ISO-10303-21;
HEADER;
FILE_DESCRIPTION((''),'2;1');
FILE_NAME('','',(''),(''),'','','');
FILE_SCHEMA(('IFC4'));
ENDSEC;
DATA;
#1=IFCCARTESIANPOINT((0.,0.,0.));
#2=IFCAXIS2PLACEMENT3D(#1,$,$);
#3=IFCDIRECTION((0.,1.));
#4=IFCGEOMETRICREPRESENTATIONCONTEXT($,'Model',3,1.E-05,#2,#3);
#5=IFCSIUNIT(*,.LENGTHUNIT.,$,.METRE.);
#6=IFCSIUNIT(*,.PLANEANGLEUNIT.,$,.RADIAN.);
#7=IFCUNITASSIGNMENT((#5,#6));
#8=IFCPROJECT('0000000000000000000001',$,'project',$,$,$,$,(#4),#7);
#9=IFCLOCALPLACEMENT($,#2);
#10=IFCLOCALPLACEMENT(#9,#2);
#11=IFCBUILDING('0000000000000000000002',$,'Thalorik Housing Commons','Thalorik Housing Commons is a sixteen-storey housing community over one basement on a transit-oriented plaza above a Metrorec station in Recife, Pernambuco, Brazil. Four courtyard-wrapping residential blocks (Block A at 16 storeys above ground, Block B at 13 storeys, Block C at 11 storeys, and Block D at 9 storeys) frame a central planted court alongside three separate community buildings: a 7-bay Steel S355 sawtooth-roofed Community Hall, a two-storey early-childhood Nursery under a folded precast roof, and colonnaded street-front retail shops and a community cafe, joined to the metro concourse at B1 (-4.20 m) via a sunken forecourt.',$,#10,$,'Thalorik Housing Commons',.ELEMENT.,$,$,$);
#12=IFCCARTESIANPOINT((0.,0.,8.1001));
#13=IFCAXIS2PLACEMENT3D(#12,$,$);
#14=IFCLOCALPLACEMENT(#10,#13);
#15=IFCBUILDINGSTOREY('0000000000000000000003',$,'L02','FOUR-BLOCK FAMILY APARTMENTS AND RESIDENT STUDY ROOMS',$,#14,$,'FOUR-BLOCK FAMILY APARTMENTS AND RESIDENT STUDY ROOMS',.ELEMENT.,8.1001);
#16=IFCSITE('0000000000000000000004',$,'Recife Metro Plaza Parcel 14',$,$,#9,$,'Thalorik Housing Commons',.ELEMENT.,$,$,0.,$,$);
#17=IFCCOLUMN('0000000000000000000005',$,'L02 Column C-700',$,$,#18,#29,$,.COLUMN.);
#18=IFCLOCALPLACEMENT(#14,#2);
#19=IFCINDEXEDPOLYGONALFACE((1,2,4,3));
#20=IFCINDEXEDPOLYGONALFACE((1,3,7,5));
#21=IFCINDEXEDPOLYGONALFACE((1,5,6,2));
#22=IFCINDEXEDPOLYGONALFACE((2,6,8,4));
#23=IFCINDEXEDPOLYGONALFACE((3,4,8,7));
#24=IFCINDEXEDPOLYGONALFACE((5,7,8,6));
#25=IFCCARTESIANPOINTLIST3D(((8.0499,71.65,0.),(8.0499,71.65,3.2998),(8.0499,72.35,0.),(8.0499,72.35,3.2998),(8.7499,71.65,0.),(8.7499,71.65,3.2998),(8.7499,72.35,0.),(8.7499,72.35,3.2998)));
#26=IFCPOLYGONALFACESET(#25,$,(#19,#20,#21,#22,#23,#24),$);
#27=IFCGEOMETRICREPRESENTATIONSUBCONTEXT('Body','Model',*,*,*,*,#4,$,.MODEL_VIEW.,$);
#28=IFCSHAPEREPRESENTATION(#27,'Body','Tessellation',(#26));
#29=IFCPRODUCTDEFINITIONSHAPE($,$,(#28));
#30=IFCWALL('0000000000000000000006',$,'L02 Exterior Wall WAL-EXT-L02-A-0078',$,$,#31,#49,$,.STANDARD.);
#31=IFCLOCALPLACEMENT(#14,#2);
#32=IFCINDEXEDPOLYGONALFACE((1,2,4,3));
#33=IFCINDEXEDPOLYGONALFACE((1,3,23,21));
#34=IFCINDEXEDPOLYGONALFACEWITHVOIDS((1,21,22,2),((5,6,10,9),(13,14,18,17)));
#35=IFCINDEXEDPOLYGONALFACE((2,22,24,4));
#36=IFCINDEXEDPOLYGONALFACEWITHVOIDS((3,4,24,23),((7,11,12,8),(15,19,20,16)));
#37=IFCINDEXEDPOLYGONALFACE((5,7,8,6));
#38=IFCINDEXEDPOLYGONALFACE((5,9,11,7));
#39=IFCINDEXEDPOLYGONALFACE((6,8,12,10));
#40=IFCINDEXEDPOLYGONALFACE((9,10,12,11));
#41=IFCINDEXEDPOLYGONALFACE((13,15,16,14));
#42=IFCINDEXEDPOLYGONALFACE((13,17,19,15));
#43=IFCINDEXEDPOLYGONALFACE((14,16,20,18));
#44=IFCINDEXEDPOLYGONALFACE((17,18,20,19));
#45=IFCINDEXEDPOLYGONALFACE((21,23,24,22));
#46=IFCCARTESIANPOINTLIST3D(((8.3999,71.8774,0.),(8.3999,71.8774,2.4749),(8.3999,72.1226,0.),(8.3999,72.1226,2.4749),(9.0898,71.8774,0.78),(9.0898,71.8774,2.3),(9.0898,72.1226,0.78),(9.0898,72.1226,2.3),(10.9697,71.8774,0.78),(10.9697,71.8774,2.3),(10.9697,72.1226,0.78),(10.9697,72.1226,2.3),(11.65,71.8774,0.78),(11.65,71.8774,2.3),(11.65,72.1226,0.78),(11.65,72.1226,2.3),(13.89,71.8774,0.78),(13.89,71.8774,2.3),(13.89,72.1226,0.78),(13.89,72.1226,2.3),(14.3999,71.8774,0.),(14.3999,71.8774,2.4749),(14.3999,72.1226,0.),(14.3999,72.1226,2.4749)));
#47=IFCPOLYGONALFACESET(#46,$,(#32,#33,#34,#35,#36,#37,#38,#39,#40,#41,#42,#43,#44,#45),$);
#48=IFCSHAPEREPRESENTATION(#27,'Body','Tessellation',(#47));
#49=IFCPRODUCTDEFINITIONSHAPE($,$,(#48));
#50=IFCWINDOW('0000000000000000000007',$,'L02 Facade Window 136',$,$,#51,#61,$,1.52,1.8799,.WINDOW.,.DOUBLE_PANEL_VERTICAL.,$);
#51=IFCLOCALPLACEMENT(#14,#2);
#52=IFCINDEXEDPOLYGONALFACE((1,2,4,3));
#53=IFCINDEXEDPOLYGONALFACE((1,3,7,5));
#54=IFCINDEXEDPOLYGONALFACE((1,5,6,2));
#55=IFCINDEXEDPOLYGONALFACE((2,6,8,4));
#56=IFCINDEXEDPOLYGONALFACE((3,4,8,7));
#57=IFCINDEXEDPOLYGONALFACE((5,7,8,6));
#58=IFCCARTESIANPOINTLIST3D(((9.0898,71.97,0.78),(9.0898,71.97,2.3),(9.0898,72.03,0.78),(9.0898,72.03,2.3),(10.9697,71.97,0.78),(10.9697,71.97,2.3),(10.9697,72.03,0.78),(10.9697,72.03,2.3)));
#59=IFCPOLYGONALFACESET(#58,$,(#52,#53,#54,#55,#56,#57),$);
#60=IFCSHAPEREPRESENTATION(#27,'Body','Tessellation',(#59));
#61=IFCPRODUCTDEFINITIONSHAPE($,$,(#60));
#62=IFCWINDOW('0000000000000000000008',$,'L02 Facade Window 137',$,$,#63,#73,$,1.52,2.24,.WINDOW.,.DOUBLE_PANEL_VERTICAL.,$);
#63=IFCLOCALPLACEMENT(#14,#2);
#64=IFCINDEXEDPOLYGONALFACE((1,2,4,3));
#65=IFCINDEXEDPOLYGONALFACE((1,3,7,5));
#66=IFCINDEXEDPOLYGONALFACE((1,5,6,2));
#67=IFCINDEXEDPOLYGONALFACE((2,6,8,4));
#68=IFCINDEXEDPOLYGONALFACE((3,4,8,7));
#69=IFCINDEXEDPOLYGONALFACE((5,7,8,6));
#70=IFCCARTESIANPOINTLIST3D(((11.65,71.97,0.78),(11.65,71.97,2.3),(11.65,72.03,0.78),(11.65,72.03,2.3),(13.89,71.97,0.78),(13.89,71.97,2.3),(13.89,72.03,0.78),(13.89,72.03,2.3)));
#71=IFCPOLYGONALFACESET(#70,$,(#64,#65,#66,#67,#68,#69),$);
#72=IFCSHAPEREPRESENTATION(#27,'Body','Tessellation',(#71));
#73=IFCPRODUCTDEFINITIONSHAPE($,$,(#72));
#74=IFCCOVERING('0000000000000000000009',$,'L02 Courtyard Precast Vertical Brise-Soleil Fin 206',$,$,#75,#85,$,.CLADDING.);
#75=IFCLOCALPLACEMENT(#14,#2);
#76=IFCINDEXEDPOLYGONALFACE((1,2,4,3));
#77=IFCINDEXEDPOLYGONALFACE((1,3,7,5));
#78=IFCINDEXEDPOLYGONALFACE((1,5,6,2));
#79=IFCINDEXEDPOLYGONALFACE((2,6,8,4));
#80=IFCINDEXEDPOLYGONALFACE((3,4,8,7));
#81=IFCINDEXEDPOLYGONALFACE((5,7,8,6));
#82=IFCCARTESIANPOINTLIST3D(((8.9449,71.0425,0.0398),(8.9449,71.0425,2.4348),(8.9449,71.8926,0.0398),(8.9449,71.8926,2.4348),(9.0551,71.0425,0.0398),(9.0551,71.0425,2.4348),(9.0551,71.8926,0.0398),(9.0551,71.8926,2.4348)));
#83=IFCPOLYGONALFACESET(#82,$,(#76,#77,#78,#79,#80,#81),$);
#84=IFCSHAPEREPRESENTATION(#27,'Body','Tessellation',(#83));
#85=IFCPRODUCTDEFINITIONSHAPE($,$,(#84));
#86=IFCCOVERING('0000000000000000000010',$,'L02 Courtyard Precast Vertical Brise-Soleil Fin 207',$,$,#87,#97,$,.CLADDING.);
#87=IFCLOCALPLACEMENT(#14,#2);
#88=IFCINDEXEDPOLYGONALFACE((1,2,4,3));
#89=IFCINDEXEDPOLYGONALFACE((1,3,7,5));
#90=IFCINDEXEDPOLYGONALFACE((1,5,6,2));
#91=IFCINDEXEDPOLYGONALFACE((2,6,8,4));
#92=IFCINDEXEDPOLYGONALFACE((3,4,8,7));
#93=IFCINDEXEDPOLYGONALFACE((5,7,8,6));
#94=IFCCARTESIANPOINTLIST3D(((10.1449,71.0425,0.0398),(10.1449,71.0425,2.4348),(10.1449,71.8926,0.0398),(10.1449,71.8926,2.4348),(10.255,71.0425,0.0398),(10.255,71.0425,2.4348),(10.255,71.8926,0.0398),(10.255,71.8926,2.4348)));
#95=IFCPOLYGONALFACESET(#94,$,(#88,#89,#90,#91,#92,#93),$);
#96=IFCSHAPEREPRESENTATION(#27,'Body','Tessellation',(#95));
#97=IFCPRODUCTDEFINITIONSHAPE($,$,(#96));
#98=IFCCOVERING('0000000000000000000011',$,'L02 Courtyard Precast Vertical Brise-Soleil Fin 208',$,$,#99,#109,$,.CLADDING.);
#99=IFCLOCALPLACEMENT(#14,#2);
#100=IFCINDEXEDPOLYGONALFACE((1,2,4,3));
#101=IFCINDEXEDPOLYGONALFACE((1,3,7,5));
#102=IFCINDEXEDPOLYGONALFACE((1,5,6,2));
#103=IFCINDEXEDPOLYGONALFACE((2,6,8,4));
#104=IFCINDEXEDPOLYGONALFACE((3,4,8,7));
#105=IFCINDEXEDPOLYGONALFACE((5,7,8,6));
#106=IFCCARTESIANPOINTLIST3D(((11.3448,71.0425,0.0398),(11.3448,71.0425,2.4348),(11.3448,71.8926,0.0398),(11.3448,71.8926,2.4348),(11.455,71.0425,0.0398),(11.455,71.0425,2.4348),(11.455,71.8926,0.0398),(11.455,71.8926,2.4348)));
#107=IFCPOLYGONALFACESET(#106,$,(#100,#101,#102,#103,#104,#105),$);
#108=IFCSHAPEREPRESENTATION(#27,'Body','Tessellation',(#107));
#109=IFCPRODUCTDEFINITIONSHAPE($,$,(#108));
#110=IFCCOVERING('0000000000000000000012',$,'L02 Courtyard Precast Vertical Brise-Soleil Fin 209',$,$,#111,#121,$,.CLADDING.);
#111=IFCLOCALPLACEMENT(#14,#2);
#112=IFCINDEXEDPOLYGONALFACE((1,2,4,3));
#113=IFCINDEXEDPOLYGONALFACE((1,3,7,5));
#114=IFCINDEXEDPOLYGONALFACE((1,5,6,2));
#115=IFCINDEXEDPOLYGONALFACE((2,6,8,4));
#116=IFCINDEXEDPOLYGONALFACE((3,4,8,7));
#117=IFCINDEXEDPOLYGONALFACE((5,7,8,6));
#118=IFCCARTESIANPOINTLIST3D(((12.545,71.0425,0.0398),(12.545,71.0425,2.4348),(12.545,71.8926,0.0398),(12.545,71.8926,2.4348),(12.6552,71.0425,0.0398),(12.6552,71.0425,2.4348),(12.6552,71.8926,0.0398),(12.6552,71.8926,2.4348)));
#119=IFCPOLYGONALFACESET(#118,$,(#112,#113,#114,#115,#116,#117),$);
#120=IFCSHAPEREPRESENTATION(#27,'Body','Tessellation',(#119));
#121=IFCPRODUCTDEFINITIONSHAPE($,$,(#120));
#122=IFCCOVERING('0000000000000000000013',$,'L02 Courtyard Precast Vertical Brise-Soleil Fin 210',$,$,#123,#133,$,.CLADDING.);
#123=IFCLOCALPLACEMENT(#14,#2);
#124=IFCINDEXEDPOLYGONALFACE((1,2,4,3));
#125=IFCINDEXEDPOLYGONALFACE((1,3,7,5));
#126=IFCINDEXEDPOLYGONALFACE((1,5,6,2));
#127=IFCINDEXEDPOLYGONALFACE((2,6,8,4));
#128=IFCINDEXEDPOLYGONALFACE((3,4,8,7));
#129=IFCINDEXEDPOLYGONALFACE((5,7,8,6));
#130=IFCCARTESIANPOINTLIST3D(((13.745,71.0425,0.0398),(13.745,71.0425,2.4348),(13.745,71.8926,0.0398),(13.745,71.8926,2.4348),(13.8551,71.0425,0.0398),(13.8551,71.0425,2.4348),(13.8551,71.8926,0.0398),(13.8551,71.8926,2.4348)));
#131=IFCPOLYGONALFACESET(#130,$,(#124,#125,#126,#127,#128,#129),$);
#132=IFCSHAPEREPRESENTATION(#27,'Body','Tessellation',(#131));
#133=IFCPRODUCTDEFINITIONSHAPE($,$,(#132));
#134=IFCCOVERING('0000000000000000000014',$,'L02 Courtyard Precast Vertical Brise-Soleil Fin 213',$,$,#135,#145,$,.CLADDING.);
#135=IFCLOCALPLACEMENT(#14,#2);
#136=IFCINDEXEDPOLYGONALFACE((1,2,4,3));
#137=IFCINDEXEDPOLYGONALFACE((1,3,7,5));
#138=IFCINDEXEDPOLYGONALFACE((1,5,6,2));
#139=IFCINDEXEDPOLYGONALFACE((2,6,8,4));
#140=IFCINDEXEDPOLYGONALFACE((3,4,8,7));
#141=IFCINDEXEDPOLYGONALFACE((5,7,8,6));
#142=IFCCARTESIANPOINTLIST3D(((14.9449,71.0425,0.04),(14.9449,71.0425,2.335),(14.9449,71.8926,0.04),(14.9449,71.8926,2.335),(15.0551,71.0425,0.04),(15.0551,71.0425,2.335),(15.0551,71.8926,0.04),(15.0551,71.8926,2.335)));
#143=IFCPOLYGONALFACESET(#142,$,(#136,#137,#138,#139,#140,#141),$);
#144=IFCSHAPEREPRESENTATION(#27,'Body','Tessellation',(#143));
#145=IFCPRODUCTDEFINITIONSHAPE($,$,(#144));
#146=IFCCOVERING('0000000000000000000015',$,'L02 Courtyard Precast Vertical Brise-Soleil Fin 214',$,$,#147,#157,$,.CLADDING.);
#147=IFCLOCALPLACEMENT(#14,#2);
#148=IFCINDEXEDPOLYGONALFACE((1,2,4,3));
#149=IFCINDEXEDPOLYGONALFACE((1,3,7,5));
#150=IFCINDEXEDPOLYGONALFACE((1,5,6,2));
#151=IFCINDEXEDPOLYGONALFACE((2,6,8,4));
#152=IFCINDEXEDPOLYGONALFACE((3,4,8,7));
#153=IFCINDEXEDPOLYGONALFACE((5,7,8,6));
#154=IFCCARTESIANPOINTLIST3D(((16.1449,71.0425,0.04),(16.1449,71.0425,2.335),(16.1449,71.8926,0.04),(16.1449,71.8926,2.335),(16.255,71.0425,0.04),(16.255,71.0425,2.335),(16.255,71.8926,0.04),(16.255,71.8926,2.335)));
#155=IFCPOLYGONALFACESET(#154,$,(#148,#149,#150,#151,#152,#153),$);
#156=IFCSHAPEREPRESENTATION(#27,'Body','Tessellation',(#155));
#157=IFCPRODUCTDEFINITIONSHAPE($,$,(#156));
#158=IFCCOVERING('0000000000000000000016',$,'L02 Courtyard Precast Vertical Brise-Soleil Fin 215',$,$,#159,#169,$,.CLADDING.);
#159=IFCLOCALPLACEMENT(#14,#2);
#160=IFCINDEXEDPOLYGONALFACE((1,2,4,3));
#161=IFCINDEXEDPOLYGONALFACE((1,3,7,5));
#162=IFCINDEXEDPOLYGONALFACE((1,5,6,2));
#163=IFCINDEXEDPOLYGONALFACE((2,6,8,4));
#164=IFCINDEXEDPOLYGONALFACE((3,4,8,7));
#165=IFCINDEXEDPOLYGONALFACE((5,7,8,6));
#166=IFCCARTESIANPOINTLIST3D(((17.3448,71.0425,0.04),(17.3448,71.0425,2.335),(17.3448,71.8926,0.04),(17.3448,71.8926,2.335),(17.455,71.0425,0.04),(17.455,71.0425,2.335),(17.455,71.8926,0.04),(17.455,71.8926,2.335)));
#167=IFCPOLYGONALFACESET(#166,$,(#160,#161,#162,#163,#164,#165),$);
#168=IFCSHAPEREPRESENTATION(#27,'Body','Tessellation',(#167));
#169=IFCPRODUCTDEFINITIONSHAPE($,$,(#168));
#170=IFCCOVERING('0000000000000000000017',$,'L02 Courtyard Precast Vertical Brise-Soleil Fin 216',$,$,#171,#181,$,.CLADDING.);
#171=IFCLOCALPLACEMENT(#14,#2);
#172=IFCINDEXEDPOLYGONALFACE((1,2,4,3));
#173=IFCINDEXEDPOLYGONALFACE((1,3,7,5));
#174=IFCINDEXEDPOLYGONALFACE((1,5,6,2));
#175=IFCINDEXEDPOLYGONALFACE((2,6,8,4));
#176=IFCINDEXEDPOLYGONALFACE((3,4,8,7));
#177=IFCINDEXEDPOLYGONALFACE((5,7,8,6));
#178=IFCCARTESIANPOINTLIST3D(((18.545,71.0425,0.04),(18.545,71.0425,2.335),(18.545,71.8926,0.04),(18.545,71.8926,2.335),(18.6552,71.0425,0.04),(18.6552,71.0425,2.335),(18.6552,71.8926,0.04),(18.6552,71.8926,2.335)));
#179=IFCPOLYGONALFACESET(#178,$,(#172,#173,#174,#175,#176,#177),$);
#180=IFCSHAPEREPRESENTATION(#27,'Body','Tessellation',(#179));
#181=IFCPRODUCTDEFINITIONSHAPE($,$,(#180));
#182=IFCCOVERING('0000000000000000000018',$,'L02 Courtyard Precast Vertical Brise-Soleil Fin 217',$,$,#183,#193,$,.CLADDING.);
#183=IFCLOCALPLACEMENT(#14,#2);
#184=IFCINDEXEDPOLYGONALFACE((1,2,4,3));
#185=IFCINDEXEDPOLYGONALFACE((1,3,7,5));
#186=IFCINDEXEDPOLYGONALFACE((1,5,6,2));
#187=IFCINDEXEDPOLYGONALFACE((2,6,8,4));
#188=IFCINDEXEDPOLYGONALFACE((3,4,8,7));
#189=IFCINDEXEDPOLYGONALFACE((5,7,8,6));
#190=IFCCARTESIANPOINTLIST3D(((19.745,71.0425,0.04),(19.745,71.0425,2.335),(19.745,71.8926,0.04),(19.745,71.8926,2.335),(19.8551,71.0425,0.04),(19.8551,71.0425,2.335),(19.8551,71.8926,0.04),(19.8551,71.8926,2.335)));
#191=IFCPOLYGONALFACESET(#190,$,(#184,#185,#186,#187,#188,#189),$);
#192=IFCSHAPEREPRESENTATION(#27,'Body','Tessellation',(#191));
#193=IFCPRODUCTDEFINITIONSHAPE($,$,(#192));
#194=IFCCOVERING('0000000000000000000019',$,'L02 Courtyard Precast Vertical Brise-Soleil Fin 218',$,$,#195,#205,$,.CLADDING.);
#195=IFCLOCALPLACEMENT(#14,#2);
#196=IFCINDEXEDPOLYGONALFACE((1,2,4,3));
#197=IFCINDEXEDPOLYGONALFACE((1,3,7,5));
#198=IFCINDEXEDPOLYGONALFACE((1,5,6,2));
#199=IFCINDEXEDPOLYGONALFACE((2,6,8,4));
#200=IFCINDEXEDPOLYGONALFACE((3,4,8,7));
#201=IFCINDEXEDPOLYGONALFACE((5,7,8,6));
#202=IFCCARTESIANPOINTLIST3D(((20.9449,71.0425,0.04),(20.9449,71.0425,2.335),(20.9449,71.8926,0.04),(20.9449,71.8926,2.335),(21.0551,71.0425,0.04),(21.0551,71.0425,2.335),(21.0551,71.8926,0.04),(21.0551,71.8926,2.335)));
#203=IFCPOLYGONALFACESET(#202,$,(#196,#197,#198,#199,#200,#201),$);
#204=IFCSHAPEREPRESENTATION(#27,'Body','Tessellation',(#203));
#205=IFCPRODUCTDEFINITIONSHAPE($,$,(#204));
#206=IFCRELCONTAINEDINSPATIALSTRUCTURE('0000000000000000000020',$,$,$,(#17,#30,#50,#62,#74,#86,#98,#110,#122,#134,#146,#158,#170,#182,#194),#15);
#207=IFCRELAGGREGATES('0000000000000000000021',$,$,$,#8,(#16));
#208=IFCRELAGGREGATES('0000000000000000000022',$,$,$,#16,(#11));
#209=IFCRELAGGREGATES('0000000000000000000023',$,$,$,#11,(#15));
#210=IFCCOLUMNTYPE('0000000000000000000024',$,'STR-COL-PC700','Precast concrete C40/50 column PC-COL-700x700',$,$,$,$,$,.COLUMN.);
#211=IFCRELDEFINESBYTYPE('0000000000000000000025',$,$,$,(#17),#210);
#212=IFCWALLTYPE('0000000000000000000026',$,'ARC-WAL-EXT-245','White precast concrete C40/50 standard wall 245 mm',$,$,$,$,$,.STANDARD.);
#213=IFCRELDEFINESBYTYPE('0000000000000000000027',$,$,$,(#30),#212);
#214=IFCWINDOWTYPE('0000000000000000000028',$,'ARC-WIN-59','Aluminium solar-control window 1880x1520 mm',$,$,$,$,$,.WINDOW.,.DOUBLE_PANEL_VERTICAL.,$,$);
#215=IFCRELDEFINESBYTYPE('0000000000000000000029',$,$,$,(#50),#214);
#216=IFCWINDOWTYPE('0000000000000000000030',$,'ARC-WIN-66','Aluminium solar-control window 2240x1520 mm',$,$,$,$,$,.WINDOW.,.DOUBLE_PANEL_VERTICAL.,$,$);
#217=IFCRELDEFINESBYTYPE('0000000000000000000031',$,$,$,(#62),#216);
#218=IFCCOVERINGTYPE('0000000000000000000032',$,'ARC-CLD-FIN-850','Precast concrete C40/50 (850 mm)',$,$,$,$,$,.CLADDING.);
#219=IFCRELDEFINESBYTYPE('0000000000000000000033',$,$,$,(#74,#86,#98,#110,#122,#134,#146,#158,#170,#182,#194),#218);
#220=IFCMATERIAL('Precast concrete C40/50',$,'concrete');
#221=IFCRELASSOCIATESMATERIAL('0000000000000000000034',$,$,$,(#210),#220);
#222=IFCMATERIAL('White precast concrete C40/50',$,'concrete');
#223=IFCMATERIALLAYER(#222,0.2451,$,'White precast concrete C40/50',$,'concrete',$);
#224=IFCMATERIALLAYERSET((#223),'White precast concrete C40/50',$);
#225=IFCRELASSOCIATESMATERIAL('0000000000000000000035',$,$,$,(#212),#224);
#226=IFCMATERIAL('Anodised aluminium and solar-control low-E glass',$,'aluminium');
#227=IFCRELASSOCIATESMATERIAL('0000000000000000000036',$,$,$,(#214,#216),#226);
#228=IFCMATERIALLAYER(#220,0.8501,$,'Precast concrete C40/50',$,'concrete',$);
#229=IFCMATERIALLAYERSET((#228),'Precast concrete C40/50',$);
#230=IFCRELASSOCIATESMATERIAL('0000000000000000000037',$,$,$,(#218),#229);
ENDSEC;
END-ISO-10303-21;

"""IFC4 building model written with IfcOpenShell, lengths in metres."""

from ifc_helpers import new_model, si_unit, direction, frame, frame_2d, origin, origin_2d, place, context, subcontext, project, spatial, rectangle, extrude, material, layer, layer_set, material_profile, profile_set, type_object, element, fill, save


model = new_model("IFC4")

# Units and contexts
model_context = context("Model", 3, precision=1e-05, world=origin(), true_north=direction((0.0, 1.0)))
body_context = subcontext(model_context, "Body", "Model", "MODEL_VIEW")
ifc_project = project(units=[si_unit("LENGTHUNIT", "METRE"), si_unit("PLANEANGLEUNIT", "RADIAN")], contexts=[model_context])

# Site, building, storey
site_placement = place(None, origin())
site = spatial("IfcSite", under=ifc_project, at=site_placement, Name="Recife Metro Plaza Parcel 14", LongName="Thalorik Housing Commons", CompositionType="ELEMENT", RefElevation=0.0)
building_placement = place(site_placement, origin())
building = spatial("IfcBuilding", under=site, at=building_placement, Name="Thalorik Housing Commons", Description="Thalorik Housing Commons is a sixteen-storey housing community over one basement on a transit-oriented plaza above a Metrorec station in Recife, Pernambuco, Brazil. Four courtyard-wrapping residential blocks (Block A at 16 storeys above ground, Block B at 13 storeys, Block C at 11 storeys, and Block D at 9 storeys) frame a central planted court alongside three separate community buildings: a 7-bay Steel S355 sawtooth-roofed Community Hall, a two-storey early-childhood Nursery under a folded precast roof, and colonnaded street-front retail shops and a community cafe, joined to the metro concourse at B1 (-4.20 m) via a sunken forecourt.", LongName="Thalorik Housing Commons", CompositionType="ELEMENT")
storey_placement = place(building_placement, frame((0.0, 0.0, 8.1001)))
storey = spatial("IfcBuildingStorey", under=building, at=storey_placement, Name="L02", Description="FOUR-BLOCK FAMILY APARTMENTS AND RESIDENT STUDY ROOMS", LongName="FOUR-BLOCK FAMILY APARTMENTS AND RESIDENT STUDY ROOMS", CompositionType="ELEMENT", Elevation=8.1001)

# Column
ifc_material_1 = material(Name="Precast concrete C40/50", Category="concrete")
ifc_material_profile = material_profile(ifc_material_1, rectangle(XDim=0.7, YDim=0.7, at=origin_2d()), Name="PC 700x700", Category="concrete")
ifc_profile_set = profile_set([ifc_material_profile], Name="Precast concrete C40/50")
column_type = type_object("IfcColumnType", Name="STR-COL-PC700", Description="Precast concrete C40/50 column PC-COL-700x700", PredefinedType="COLUMN", material=ifc_profile_set)
column_placement = place(storey_placement, frame((8.3999, 72.0, 0.0), z_axis=(0.0, 0.0, 1.0), x_axis=(1.0, 0.0, 0.0)))
element("IfcColumn", 1, at=column_placement, inside=storey, type_object=column_type, Name="L02 Column C-700", PredefinedType="COLUMN", context=body_context, shape_type="SweptSolid", body=[
    extrude(rectangle(XDim=0.7, YDim=0.7, at=origin_2d()), origin(), (0.0, 0.0, 1.0), 3.2998),
])

# Wall, openings, windows
ifc_material_2 = material(Name="White precast concrete C40/50", Category="concrete")
ifc_layer_1 = layer(ifc_material_2, 0.2451, Name="White precast concrete C40/50", Category="concrete")
ifc_layer_set_1 = layer_set([ifc_layer_1], Name="White precast concrete C40/50")
wall_type = type_object("IfcWallType", Name="ARC-WAL-EXT-245", Description="White precast concrete C40/50 standard wall 245 mm", PredefinedType="STANDARD", material=ifc_layer_set_1)
wall_placement = place(storey_placement, frame((8.3999, 72.0, 0.0), z_axis=(0.0, 0.0, 1.0), x_axis=(1.0, 0.0, 0.0)))
wall = element("IfcWall", 2, at=wall_placement, inside=storey, type_object=wall_type, Name="L02 Exterior Wall WAL-EXT-L02-A-0078", PredefinedType="STANDARD", context=body_context, shape_type="SweptSolid", body=[
    extrude(rectangle(XDim=6.0, YDim=0.2451, at=frame_2d((3.0, 0.0))), origin(), (0.0, 0.0, 1.0), 2.4749),
])
opening_1_placement = place(wall_placement, frame((0.6899, 0.0, 0.78)))
opening_1 = element("IfcOpeningElement", 3, at=opening_1_placement, cuts=wall, PredefinedType="OPENING", context=body_context, shape_type="SweptSolid", body=[
    extrude(rectangle(XDim=1.8799, YDim=1.52, at=frame_2d((0.9399, 0.76))), frame((0.0, 0.1326, 0.0), z_axis=(0.0, -1.0, 0.0), x_axis=(1.0, 0.0, 0.0)), (0.0, 0.0, 1.0), 0.2651),
])
opening_2_placement = place(wall_placement, frame((3.25, 0.0, 0.78)))
opening_2 = element("IfcOpeningElement", 4, at=opening_2_placement, cuts=wall, PredefinedType="OPENING", context=body_context, shape_type="SweptSolid", body=[
    extrude(rectangle(XDim=2.24, YDim=1.52, at=frame_2d((1.1201, 0.76))), frame((0.0, 0.1326, 0.0), z_axis=(0.0, -1.0, 0.0), x_axis=(1.0, 0.0, 0.0)), (0.0, 0.0, 1.0), 0.2651),
])
ifc_material_3 = material(Name="Anodised aluminium and solar-control low-E glass", Category="aluminium")
window_type_1 = type_object("IfcWindowType", Name="ARC-WIN-59", Description="Aluminium solar-control window 1880x1520 mm", PartitioningType="DOUBLE_PANEL_VERTICAL", PredefinedType="WINDOW", material=ifc_material_3)
window_1_placement = place(opening_1_placement, origin())
window_1 = element("IfcWindow", 5, at=window_1_placement, inside=storey, type_object=window_type_1, Name="L02 Facade Window 136", OverallHeight=1.52, OverallWidth=1.8799, PartitioningType="DOUBLE_PANEL_VERTICAL", PredefinedType="WINDOW", context=body_context, shape_type="SweptSolid", body=[
    extrude(rectangle(XDim=1.8799, YDim=1.52, at=frame_2d((0.9399, 0.76))), frame((0.0, 0.03, 0.0), z_axis=(0.0, -1.0, 0.0), x_axis=(1.0, 0.0, 0.0)), (0.0, 0.0, 1.0), 0.0601),
])
fill(opening_1, window_1)
window_type_2 = type_object("IfcWindowType", Name="ARC-WIN-66", Description="Aluminium solar-control window 2240x1520 mm", PartitioningType="DOUBLE_PANEL_VERTICAL", PredefinedType="WINDOW", material=ifc_material_3)
window_2_placement = place(opening_2_placement, origin())
window_2 = element("IfcWindow", 6, at=window_2_placement, inside=storey, type_object=window_type_2, Name="L02 Facade Window 137", OverallHeight=1.52, OverallWidth=2.24, PartitioningType="DOUBLE_PANEL_VERTICAL", PredefinedType="WINDOW", context=body_context, shape_type="SweptSolid", body=[
    extrude(rectangle(XDim=2.24, YDim=1.52, at=frame_2d((1.1201, 0.76))), frame((0.0, 0.03, 0.0), z_axis=(0.0, -1.0, 0.0), x_axis=(1.0, 0.0, 0.0)), (0.0, 0.0, 1.0), 0.0601),
])
fill(opening_2, window_2)

# Coverings
ifc_layer_2 = layer(ifc_material_1, 0.8501, Name="Precast concrete C40/50", Category="concrete")
ifc_layer_set_2 = layer_set([ifc_layer_2], Name="Precast concrete C40/50")
covering_type_1 = type_object("IfcCoveringType", Name="ARC-CLD-FIN-850", Description="Precast concrete C40/50 (850 mm)", PredefinedType="CLADDING", material=ifc_layer_set_2)
for number, where, z_axis, x_axis, name in (
    (7, (9.0, 71.4675, 0.0398), (0.0, 0.0, 1.0), (1.0, 0.0, 0.0), "L02 Courtyard Precast Vertical Brise-Soleil Fin 206"),
    (8, (10.2, 71.4675, 0.0398), (0.0, 0.0, 1.0), (1.0, 0.0, 0.0), "L02 Courtyard Precast Vertical Brise-Soleil Fin 207"),
    (9, (11.3999, 71.4675, 0.0398), (0.0, 0.0, 1.0), (1.0, 0.0, 0.0), "L02 Courtyard Precast Vertical Brise-Soleil Fin 208"),
    (10, (12.6001, 71.4675, 0.0398), (0.0, 0.0, 1.0), (1.0, 0.0, 0.0), "L02 Courtyard Precast Vertical Brise-Soleil Fin 209"),
    (11, (13.8, 71.4675, 0.0398), (0.0, 0.0, 1.0), (1.0, 0.0, 0.0), "L02 Courtyard Precast Vertical Brise-Soleil Fin 210"),
):
    element("IfcCovering", number, at=place(storey_placement, frame(where, z_axis=z_axis, x_axis=x_axis)), inside=storey, type_object=covering_type_1, Name=name, PredefinedType="CLADDING", context=body_context, shape_type="SweptSolid", body=[
        extrude(rectangle(XDim=0.1101, YDim=0.8501, at=origin_2d()), origin(), (0.0, 0.0, 1.0), 2.395),
    ])
for number, where, z_axis, x_axis, name in (
    (12, (15.0, 71.4675, 0.04), (0.0, 0.0, 1.0), (1.0, 0.0, 0.0), "L02 Courtyard Precast Vertical Brise-Soleil Fin 213"),
    (13, (16.2, 71.4675, 0.04), (0.0, 0.0, 1.0), (1.0, 0.0, 0.0), "L02 Courtyard Precast Vertical Brise-Soleil Fin 214"),
    (14, (17.3999, 71.4675, 0.04), (0.0, 0.0, 1.0), (1.0, 0.0, 0.0), "L02 Courtyard Precast Vertical Brise-Soleil Fin 215"),
    (15, (18.6001, 71.4675, 0.04), (0.0, 0.0, 1.0), (1.0, 0.0, 0.0), "L02 Courtyard Precast Vertical Brise-Soleil Fin 216"),
    (16, (19.8, 71.4675, 0.04), (0.0, 0.0, 1.0), (1.0, 0.0, 0.0), "L02 Courtyard Precast Vertical Brise-Soleil Fin 217"),
    (17, (21.0, 71.4675, 0.04), (0.0, 0.0, 1.0), (1.0, 0.0, 0.0), "L02 Courtyard Precast Vertical Brise-Soleil Fin 218"),
):
    element("IfcCovering", number, at=place(storey_placement, frame(where, z_axis=z_axis, x_axis=x_axis)), inside=storey, type_object=covering_type_1, Name=name, PredefinedType="CLADDING", context=body_context, shape_type="SweptSolid", body=[
        extrude(rectangle(XDim=0.1101, YDim=0.8501, at=origin_2d()), origin(), (0.0, 0.0, 1.0), 2.2949),
    ])

save(model, "model.ifc")
